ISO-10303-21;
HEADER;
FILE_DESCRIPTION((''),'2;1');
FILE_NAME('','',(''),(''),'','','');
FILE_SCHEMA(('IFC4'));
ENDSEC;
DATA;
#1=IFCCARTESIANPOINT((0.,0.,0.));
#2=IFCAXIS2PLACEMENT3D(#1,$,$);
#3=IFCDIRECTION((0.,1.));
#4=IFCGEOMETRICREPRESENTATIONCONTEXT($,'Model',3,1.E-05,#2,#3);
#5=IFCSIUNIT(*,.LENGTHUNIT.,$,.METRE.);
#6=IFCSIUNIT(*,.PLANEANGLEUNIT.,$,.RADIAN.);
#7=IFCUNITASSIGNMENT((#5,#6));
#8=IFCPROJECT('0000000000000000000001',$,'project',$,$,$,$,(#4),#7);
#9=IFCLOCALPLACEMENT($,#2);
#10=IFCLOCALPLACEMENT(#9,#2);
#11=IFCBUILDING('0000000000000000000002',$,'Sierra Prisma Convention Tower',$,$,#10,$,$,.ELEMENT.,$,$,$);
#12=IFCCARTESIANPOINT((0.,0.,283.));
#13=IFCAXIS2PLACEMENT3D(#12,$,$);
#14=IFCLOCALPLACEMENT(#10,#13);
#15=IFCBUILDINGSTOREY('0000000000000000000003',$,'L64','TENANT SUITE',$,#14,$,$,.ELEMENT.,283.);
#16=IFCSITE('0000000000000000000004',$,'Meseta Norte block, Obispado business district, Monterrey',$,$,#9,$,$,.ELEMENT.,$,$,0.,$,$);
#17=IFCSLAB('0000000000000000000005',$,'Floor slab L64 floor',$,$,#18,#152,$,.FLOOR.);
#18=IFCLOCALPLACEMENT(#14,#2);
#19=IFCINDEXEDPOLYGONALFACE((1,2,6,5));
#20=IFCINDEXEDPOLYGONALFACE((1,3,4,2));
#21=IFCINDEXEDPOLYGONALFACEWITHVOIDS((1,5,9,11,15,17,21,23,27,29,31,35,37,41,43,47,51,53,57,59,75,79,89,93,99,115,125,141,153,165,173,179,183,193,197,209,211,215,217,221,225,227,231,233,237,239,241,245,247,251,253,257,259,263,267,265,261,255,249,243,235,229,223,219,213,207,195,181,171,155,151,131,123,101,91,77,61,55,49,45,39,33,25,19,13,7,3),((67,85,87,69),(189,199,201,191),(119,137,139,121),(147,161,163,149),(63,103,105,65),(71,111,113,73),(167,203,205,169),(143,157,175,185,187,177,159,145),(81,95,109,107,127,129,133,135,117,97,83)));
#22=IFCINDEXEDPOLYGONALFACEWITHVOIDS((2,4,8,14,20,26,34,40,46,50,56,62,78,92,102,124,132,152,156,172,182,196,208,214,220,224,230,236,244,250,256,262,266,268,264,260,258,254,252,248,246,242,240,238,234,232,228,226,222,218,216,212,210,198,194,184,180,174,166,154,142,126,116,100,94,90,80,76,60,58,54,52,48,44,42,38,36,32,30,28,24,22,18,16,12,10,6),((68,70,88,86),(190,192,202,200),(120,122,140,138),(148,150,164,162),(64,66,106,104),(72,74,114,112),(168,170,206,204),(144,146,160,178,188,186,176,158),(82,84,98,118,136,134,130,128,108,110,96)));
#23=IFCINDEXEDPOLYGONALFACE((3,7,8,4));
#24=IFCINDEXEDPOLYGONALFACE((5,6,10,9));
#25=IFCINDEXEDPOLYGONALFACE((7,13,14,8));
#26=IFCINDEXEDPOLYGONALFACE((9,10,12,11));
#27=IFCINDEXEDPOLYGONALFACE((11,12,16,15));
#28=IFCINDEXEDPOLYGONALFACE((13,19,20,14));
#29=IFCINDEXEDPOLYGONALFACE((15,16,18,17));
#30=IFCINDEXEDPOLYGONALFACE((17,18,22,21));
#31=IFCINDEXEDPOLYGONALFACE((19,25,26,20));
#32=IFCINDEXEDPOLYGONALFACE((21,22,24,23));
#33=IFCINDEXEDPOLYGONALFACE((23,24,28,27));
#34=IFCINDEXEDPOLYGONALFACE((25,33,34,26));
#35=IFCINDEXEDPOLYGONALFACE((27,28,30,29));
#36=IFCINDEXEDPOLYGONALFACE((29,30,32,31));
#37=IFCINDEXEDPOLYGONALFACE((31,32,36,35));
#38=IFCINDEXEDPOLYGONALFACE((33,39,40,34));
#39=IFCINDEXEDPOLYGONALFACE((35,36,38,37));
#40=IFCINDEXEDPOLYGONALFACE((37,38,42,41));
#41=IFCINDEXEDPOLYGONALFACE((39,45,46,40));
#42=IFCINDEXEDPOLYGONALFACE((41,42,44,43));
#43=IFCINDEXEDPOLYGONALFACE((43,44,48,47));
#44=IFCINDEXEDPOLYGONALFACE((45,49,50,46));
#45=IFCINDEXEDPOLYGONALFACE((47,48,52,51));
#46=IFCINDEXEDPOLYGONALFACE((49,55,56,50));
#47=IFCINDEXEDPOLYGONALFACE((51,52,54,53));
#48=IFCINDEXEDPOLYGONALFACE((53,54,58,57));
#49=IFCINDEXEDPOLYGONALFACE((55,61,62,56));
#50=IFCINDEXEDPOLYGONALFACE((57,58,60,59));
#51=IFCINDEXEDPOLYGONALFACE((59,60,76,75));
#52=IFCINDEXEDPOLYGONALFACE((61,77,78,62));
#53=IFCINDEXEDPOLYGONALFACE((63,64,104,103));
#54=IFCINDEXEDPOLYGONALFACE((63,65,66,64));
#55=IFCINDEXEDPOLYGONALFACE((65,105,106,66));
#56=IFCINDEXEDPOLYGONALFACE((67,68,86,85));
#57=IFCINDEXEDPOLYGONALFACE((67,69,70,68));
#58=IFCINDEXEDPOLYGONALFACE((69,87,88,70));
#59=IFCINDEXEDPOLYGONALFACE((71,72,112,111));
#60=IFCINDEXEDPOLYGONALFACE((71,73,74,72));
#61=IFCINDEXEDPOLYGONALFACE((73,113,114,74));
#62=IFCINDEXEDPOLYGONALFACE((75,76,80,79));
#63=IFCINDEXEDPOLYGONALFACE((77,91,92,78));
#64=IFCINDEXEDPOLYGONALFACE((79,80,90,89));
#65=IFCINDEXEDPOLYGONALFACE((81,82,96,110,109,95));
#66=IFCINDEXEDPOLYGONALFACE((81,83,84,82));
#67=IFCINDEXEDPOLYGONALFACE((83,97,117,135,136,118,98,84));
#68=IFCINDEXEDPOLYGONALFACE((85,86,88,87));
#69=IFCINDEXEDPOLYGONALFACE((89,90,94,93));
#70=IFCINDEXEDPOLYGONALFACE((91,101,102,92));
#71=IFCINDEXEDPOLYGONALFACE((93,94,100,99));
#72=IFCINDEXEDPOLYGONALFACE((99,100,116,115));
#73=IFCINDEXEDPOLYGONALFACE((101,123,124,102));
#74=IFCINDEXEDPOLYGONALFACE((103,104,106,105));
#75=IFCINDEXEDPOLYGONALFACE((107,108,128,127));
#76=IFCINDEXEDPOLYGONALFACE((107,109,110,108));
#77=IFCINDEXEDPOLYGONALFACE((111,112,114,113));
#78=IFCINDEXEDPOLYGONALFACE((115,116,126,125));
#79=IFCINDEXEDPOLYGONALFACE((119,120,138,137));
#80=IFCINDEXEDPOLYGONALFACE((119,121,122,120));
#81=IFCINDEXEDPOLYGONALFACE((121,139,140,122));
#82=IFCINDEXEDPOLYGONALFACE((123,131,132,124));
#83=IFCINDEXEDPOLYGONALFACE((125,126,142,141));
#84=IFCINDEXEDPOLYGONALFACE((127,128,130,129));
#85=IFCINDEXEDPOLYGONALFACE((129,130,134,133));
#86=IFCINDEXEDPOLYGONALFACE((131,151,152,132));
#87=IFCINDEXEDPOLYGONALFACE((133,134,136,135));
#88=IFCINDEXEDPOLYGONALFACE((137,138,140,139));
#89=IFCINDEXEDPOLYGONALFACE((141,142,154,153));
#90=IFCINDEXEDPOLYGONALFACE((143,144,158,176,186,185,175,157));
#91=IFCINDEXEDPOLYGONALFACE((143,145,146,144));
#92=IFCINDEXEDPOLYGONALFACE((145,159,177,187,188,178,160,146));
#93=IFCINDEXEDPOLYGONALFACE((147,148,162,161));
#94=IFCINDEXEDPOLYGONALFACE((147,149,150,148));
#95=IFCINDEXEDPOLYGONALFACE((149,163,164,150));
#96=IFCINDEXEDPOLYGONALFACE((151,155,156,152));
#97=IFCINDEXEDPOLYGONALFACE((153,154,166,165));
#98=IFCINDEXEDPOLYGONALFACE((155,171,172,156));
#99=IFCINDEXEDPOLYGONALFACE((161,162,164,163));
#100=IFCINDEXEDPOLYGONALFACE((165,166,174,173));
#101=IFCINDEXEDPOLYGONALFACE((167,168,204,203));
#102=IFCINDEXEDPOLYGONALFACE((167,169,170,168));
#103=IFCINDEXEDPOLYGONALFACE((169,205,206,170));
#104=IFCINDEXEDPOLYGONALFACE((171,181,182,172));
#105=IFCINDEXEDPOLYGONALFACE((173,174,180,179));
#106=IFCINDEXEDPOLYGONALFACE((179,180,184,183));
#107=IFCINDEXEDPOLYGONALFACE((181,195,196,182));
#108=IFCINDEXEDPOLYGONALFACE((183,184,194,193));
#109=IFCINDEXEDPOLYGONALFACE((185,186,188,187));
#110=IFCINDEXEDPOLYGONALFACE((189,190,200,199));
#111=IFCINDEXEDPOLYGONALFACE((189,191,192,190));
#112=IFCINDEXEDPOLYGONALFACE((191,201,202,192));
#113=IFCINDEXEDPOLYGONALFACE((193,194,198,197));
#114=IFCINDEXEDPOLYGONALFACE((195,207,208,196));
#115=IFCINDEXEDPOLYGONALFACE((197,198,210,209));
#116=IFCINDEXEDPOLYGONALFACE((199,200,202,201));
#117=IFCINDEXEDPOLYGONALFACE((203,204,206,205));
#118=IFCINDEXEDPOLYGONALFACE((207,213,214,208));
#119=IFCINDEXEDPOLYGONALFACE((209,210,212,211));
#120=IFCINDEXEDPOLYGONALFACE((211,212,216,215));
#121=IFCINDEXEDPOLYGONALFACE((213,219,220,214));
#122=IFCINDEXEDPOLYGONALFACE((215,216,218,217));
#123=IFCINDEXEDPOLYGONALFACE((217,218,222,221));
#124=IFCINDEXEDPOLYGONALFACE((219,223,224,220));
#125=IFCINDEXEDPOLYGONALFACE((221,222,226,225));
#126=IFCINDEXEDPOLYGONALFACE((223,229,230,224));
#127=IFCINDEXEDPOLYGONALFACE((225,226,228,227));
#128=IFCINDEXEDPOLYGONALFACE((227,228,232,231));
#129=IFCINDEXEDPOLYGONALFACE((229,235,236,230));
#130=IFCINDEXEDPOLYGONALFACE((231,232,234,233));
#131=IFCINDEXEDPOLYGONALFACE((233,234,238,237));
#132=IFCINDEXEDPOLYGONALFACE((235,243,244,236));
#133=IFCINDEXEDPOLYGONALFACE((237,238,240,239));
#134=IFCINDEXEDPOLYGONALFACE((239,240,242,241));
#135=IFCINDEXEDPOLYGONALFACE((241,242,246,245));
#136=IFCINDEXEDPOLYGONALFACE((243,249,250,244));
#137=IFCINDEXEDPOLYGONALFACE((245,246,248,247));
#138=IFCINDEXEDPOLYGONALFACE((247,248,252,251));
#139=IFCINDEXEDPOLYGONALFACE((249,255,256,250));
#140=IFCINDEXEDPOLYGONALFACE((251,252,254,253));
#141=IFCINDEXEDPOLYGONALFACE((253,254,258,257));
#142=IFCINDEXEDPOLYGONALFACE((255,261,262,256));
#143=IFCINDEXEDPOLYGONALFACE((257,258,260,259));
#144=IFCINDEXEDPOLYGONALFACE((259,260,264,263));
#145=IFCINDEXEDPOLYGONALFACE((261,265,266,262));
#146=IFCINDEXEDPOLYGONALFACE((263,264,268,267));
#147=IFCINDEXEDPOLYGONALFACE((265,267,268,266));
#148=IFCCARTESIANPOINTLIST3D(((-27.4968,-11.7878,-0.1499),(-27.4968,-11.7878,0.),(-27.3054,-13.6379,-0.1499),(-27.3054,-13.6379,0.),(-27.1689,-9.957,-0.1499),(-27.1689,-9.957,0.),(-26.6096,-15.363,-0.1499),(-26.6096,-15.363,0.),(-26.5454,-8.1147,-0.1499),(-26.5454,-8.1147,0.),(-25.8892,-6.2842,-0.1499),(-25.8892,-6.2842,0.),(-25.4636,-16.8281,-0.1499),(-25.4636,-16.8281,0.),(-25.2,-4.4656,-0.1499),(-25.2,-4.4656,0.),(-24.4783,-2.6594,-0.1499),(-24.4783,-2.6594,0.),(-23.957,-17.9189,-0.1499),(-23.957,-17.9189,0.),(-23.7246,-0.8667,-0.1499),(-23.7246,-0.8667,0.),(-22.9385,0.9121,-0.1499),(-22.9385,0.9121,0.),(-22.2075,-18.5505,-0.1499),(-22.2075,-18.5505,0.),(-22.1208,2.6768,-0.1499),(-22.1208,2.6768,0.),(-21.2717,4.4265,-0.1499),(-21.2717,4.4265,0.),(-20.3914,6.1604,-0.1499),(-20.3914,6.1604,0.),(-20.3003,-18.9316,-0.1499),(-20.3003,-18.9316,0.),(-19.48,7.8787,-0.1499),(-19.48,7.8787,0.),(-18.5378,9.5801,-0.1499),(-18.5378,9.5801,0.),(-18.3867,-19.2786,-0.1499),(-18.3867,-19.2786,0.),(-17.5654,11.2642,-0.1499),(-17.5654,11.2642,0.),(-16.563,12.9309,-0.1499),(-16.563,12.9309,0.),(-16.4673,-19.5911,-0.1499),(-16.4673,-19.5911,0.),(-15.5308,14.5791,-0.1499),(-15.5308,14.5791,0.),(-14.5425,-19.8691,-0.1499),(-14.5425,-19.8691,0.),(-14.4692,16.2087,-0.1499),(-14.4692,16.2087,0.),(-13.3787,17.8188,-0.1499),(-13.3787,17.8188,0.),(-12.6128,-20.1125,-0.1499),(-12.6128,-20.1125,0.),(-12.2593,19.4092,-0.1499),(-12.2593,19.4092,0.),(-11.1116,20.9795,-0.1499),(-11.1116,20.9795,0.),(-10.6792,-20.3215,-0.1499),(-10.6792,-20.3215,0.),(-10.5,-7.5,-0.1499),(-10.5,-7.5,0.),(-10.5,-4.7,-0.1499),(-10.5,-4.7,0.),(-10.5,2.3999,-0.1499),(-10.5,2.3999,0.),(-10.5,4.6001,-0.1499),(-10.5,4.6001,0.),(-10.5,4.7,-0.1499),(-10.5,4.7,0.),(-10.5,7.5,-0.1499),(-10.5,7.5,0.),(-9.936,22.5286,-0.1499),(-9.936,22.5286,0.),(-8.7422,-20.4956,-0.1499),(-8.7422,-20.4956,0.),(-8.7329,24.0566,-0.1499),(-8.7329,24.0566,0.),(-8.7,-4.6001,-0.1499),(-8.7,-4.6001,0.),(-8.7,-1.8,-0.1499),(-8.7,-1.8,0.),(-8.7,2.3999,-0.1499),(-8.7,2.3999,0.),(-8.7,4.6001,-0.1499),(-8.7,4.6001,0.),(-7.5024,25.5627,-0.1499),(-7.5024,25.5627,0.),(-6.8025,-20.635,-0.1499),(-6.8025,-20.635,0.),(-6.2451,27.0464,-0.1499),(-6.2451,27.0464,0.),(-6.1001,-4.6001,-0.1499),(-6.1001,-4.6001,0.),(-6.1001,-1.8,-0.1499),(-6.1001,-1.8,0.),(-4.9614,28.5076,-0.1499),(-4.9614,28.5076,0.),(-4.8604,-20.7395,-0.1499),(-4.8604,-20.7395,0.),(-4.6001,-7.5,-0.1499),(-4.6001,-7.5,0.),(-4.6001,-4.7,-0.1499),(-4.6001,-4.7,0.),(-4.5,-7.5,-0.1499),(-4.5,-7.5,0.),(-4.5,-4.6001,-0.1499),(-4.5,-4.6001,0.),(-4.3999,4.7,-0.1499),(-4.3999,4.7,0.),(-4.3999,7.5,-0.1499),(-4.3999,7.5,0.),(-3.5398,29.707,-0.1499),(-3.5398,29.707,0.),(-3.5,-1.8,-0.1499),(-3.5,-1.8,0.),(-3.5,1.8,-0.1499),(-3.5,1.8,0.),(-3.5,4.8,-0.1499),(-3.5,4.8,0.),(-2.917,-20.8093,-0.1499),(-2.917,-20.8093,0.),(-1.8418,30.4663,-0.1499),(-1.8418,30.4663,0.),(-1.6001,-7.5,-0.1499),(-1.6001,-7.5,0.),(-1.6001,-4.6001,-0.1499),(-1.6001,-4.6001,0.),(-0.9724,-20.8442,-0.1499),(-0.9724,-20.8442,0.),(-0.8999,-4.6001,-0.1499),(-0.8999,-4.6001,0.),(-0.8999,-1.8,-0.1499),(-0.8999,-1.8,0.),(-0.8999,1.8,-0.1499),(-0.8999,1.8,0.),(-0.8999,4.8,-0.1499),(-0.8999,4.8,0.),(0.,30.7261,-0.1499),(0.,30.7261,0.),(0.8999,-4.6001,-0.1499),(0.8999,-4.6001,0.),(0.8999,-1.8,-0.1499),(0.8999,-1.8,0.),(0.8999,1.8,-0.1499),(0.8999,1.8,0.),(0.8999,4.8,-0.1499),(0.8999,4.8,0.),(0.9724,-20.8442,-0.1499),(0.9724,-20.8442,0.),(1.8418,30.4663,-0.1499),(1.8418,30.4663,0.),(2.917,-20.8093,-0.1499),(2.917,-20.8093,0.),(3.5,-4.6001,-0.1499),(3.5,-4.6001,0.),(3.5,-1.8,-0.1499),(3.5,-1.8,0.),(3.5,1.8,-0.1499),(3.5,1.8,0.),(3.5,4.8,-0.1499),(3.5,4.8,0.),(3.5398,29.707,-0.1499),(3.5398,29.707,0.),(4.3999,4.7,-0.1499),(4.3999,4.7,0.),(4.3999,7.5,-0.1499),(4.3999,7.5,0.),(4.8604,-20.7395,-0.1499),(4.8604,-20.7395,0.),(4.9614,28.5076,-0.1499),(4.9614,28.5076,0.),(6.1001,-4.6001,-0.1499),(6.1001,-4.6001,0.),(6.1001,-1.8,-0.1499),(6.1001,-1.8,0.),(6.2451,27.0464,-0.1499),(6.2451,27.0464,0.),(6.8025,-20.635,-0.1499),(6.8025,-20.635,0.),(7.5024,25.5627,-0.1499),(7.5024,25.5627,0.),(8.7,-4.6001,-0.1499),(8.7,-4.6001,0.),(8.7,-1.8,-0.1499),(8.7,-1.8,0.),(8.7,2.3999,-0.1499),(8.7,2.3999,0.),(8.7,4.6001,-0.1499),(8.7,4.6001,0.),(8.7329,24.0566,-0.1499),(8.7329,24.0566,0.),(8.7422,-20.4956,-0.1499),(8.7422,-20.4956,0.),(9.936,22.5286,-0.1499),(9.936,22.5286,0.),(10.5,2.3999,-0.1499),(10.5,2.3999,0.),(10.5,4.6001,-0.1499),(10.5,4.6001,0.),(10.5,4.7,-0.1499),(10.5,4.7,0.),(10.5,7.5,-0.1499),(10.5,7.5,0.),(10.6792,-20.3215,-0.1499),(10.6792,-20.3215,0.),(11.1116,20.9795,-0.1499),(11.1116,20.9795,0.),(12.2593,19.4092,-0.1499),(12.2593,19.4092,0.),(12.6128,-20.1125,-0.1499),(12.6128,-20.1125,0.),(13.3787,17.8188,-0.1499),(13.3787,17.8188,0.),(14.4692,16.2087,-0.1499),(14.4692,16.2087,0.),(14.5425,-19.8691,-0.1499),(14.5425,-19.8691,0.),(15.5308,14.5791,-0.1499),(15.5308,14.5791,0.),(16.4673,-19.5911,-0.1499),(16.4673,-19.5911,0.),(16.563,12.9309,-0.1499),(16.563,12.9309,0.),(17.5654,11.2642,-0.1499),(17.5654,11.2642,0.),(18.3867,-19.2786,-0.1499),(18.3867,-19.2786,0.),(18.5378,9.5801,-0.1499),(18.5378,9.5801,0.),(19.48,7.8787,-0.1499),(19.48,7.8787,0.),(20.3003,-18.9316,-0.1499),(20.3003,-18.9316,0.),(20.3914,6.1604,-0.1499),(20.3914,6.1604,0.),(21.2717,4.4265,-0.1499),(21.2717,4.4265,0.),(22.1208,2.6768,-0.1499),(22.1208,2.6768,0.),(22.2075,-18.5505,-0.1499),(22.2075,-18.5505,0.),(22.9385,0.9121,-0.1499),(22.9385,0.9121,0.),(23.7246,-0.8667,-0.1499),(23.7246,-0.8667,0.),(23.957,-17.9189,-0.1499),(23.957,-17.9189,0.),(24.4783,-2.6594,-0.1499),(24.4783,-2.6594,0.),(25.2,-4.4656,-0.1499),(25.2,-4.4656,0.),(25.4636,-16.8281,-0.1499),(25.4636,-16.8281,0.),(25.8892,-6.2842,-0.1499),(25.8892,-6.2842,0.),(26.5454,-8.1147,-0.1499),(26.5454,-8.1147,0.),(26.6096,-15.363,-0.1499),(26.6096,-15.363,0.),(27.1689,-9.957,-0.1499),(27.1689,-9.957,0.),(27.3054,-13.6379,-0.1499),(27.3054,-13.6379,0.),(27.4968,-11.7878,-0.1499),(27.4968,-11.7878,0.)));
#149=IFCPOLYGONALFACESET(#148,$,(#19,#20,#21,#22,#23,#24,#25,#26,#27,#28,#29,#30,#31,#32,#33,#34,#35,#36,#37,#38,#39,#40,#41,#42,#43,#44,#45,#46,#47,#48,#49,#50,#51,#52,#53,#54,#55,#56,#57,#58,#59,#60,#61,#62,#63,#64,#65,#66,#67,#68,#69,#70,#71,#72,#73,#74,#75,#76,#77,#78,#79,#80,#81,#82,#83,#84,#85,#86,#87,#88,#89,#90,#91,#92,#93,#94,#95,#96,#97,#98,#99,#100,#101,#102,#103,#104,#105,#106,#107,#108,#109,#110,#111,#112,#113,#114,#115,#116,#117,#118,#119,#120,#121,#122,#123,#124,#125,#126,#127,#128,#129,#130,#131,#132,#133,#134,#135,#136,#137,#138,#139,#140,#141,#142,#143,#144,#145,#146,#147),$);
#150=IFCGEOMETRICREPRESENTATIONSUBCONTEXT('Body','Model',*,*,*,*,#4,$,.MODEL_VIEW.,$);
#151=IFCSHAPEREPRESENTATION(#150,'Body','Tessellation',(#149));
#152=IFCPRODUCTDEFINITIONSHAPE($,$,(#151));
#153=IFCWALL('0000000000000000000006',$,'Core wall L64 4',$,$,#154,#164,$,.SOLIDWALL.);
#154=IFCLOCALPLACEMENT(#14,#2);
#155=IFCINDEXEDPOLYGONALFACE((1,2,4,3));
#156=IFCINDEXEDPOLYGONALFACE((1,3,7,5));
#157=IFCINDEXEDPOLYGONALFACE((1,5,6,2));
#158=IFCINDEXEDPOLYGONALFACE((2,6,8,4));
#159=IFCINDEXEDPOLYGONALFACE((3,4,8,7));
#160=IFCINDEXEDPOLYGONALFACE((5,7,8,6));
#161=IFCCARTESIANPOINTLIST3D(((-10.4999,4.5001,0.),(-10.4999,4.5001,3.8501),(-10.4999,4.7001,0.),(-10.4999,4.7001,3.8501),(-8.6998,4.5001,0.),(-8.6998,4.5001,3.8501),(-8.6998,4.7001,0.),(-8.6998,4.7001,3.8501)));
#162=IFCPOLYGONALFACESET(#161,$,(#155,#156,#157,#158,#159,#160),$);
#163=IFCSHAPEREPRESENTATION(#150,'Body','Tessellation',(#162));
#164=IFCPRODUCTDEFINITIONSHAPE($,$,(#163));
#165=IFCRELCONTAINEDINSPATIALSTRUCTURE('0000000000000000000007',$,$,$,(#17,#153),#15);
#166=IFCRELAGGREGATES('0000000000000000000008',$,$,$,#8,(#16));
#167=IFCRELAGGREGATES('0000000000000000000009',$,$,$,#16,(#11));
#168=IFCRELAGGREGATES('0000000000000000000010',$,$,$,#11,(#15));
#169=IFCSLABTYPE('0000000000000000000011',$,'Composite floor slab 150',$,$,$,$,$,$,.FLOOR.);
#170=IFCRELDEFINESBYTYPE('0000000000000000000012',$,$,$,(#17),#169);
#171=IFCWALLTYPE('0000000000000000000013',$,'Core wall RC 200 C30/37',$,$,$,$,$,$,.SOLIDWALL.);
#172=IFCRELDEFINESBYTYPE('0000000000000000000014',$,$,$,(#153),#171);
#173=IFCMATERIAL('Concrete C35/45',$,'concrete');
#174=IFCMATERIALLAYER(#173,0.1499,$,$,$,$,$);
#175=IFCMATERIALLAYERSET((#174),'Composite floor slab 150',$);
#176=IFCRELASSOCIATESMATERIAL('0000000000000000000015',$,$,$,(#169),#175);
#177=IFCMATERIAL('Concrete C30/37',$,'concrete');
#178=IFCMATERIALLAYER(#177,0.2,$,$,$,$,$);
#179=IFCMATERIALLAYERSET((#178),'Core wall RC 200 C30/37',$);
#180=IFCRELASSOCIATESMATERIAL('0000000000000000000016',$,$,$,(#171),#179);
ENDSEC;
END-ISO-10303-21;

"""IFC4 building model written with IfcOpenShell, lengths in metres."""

from ifc_helpers import new_model, si_unit, direction, frame, frame_2d, origin, place, context, subcontext, project, spatial, polyline, rectangle, outline, extrude, material, layer, layer_set, type_object, element, save


model = new_model("IFC4")

# Units and contexts
model_context = context("Model", 3, precision=1e-05, world=origin(), true_north=direction((0.0, 1.0)))
body_context = subcontext(model_context, "Body", "Model", "MODEL_VIEW")
ifc_project = project(units=[si_unit("LENGTHUNIT", "METRE"), si_unit("PLANEANGLEUNIT", "RADIAN")], contexts=[model_context])

# Site, building, storey
site_placement = place(None, origin())
site = spatial("IfcSite", under=ifc_project, at=site_placement, Name="Meseta Norte block, Obispado business district, Monterrey", CompositionType="ELEMENT", RefElevation=0.0)
building_placement = place(site_placement, origin())
building = spatial("IfcBuilding", under=site, at=building_placement, Name="Sierra Prisma Convention Tower", CompositionType="ELEMENT")
storey_placement = place(building_placement, frame((0.0, 0.0, 283.0)))
storey = spatial("IfcBuildingStorey", under=building, at=storey_placement, Name="L64", Description="TENANT SUITE", CompositionType="ELEMENT", Elevation=283.0)

# Slab
ifc_material_1 = material(Name="Concrete C35/45", Category="concrete")
ifc_layer_1 = layer(ifc_material_1, 0.1499)
ifc_layer_set_1 = layer_set([ifc_layer_1], Name="Composite floor slab 150")
slab_type = type_object("IfcSlabType", Name="Composite floor slab 150", PredefinedType="FLOOR", material=ifc_layer_set_1)
slab_placement = place(storey_placement, frame((0.0, 0.0, -0.1499)))
element("IfcSlab", 1, at=slab_placement, inside=storey, type_object=slab_type, Name="Floor slab L64 floor", PredefinedType="FLOOR", context=body_context, shape_type="SweptSolid", body=[
    extrude(outline(polyline([(-22.2075, -18.5505), (-20.3003, -18.9316), (-18.3867, -19.2786), (-16.4673, -19.5911), (-14.5425, -19.8691), (-12.6128, -20.1125), (-10.6792, -20.3215), (-8.7422, -20.4956), (-6.8025, -20.635), (-4.8604, -20.7395), (-2.917, -20.8093), (-0.9724, -20.8442), (0.9724, -20.8442), (2.917, -20.8093), (4.8604, -20.7395), (6.8025, -20.635), (8.7422, -20.4956), (10.6792, -20.3215), (12.6128, -20.1125), (14.5425, -19.8691), (16.4673, -19.5911), (18.3867, -19.2786), (20.3003, -18.9316), (22.2075, -18.5505), (23.957, -17.9189), (25.4636, -16.8281), (26.6096, -15.363), (27.3054, -13.6379), (27.4968, -11.7878), (27.1689, -9.957), (26.5454, -8.1147), (25.8892, -6.2842), (25.2, -4.4656), (24.4783, -2.6594), (23.7246, -0.8667), (22.9385, 0.9121), (22.1208, 2.6768), (21.2717, 4.4265), (20.3914, 6.1604), (19.48, 7.8787), (18.5378, 9.5801), (17.5654, 11.2642), (16.563, 12.9309), (15.5308, 14.5791), (14.4692, 16.2087), (13.3787, 17.8188), (12.2593, 19.4092), (11.1116, 20.9795), (9.936, 22.5286), (8.7329, 24.0566), (7.5024, 25.5627), (6.2451, 27.0464), (4.9614, 28.5076), (3.5398, 29.707), (1.8418, 30.4663), (0.0, 30.7261), (-1.8418, 30.4663), (-3.5398, 29.707), (-4.9614, 28.5076), (-6.2451, 27.0464), (-7.5024, 25.5627), (-8.7329, 24.0566), (-9.936, 22.5286), (-11.1116, 20.9795), (-12.2593, 19.4092), (-13.3787, 17.8188), (-14.4692, 16.2087), (-15.5308, 14.5791), (-16.563, 12.9309), (-17.5654, 11.2642), (-18.5378, 9.5801), (-19.48, 7.8787), (-20.3914, 6.1604), (-21.2717, 4.4265), (-22.1208, 2.6768), (-22.9385, 0.9121), (-23.7246, -0.8667), (-24.4783, -2.6594), (-25.2, -4.4656), (-25.8892, -6.2842), (-26.5454, -8.1147), (-27.1689, -9.957), (-27.4968, -11.7878), (-27.3054, -13.6379), (-26.6096, -15.363), (-25.4636, -16.8281), (-23.957, -17.9189), (-22.2075, -18.5505)]), holes=[polyline([(-4.6001, -4.7), (-4.6001, -7.5), (-10.5, -7.5), (-10.5, -4.7), (-4.6001, -4.7)]), polyline([(-4.5, -7.5), (-4.5, -4.6001), (-6.1001, -4.6001), (-8.7, -4.6001), (-8.7, -1.8), (-6.1001, -1.8), (-3.5, -1.8), (-0.8999, -1.8), (-0.8999, -4.6001), (-1.6001, -4.6001), (-1.6001, -7.5), (-4.5, -7.5)]), polyline([(-8.7, 2.3999), (-10.5, 2.3999), (-10.5, 4.6001), (-8.7, 4.6001), (-8.7, 2.3999)]), polyline([(-4.3999, 4.7), (-10.5, 4.7), (-10.5, 7.5), (-4.3999, 7.5), (-4.3999, 4.7)]), polyline([(3.5, -1.8), (6.1001, -1.8), (8.7, -1.8), (8.7, -4.6001), (6.1001, -4.6001), (3.5, -4.6001), (0.8999, -4.6001), (0.8999, -1.8), (3.5, -1.8)]), polyline([(-0.8999, 1.8), (-3.5, 1.8), (-3.5, 4.8), (-0.8999, 4.8), (-0.8999, 1.8)]), polyline([(3.5, 1.8), (0.8999, 1.8), (0.8999, 4.8), (3.5, 4.8), (3.5, 1.8)]), polyline([(10.5, 2.3999), (8.7, 2.3999), (8.7, 4.6001), (10.5, 4.6001), (10.5, 2.3999)]), polyline([(10.5, 4.7), (4.3999, 4.7), (4.3999, 7.5), (10.5, 7.5), (10.5, 4.7)])]), origin(), (0.0, 0.0, 1.0), 0.1499),
])

# Wall
ifc_material_2 = material(Name="Concrete C30/37", Category="concrete")
ifc_layer_2 = layer(ifc_material_2, 0.2)
ifc_layer_set_2 = layer_set([ifc_layer_2], Name="Core wall RC 200 C30/37")
wall_type = type_object("IfcWallType", Name="Core wall RC 200 C30/37", PredefinedType="SOLIDWALL", material=ifc_layer_set_2)
wall_1_placement = place(storey_placement, frame((-8.7, 4.6001, 0.0), z_axis=(0.0, 0.0, 1.0), x_axis=(-1.0, 0.0, 0.0)))
element("IfcWall", 2, at=wall_1_placement, inside=storey, type_object=wall_type, Name="Core wall L64 4", PredefinedType="SOLIDWALL", context=body_context, shape_type="SweptSolid", body=[
    extrude(rectangle(XDim=1.8, YDim=0.2, at=frame_2d((0.8999, 0.0))), origin(), (0.0, 0.0, 1.0), 3.8501),
])

save(model, "model.ifc")
